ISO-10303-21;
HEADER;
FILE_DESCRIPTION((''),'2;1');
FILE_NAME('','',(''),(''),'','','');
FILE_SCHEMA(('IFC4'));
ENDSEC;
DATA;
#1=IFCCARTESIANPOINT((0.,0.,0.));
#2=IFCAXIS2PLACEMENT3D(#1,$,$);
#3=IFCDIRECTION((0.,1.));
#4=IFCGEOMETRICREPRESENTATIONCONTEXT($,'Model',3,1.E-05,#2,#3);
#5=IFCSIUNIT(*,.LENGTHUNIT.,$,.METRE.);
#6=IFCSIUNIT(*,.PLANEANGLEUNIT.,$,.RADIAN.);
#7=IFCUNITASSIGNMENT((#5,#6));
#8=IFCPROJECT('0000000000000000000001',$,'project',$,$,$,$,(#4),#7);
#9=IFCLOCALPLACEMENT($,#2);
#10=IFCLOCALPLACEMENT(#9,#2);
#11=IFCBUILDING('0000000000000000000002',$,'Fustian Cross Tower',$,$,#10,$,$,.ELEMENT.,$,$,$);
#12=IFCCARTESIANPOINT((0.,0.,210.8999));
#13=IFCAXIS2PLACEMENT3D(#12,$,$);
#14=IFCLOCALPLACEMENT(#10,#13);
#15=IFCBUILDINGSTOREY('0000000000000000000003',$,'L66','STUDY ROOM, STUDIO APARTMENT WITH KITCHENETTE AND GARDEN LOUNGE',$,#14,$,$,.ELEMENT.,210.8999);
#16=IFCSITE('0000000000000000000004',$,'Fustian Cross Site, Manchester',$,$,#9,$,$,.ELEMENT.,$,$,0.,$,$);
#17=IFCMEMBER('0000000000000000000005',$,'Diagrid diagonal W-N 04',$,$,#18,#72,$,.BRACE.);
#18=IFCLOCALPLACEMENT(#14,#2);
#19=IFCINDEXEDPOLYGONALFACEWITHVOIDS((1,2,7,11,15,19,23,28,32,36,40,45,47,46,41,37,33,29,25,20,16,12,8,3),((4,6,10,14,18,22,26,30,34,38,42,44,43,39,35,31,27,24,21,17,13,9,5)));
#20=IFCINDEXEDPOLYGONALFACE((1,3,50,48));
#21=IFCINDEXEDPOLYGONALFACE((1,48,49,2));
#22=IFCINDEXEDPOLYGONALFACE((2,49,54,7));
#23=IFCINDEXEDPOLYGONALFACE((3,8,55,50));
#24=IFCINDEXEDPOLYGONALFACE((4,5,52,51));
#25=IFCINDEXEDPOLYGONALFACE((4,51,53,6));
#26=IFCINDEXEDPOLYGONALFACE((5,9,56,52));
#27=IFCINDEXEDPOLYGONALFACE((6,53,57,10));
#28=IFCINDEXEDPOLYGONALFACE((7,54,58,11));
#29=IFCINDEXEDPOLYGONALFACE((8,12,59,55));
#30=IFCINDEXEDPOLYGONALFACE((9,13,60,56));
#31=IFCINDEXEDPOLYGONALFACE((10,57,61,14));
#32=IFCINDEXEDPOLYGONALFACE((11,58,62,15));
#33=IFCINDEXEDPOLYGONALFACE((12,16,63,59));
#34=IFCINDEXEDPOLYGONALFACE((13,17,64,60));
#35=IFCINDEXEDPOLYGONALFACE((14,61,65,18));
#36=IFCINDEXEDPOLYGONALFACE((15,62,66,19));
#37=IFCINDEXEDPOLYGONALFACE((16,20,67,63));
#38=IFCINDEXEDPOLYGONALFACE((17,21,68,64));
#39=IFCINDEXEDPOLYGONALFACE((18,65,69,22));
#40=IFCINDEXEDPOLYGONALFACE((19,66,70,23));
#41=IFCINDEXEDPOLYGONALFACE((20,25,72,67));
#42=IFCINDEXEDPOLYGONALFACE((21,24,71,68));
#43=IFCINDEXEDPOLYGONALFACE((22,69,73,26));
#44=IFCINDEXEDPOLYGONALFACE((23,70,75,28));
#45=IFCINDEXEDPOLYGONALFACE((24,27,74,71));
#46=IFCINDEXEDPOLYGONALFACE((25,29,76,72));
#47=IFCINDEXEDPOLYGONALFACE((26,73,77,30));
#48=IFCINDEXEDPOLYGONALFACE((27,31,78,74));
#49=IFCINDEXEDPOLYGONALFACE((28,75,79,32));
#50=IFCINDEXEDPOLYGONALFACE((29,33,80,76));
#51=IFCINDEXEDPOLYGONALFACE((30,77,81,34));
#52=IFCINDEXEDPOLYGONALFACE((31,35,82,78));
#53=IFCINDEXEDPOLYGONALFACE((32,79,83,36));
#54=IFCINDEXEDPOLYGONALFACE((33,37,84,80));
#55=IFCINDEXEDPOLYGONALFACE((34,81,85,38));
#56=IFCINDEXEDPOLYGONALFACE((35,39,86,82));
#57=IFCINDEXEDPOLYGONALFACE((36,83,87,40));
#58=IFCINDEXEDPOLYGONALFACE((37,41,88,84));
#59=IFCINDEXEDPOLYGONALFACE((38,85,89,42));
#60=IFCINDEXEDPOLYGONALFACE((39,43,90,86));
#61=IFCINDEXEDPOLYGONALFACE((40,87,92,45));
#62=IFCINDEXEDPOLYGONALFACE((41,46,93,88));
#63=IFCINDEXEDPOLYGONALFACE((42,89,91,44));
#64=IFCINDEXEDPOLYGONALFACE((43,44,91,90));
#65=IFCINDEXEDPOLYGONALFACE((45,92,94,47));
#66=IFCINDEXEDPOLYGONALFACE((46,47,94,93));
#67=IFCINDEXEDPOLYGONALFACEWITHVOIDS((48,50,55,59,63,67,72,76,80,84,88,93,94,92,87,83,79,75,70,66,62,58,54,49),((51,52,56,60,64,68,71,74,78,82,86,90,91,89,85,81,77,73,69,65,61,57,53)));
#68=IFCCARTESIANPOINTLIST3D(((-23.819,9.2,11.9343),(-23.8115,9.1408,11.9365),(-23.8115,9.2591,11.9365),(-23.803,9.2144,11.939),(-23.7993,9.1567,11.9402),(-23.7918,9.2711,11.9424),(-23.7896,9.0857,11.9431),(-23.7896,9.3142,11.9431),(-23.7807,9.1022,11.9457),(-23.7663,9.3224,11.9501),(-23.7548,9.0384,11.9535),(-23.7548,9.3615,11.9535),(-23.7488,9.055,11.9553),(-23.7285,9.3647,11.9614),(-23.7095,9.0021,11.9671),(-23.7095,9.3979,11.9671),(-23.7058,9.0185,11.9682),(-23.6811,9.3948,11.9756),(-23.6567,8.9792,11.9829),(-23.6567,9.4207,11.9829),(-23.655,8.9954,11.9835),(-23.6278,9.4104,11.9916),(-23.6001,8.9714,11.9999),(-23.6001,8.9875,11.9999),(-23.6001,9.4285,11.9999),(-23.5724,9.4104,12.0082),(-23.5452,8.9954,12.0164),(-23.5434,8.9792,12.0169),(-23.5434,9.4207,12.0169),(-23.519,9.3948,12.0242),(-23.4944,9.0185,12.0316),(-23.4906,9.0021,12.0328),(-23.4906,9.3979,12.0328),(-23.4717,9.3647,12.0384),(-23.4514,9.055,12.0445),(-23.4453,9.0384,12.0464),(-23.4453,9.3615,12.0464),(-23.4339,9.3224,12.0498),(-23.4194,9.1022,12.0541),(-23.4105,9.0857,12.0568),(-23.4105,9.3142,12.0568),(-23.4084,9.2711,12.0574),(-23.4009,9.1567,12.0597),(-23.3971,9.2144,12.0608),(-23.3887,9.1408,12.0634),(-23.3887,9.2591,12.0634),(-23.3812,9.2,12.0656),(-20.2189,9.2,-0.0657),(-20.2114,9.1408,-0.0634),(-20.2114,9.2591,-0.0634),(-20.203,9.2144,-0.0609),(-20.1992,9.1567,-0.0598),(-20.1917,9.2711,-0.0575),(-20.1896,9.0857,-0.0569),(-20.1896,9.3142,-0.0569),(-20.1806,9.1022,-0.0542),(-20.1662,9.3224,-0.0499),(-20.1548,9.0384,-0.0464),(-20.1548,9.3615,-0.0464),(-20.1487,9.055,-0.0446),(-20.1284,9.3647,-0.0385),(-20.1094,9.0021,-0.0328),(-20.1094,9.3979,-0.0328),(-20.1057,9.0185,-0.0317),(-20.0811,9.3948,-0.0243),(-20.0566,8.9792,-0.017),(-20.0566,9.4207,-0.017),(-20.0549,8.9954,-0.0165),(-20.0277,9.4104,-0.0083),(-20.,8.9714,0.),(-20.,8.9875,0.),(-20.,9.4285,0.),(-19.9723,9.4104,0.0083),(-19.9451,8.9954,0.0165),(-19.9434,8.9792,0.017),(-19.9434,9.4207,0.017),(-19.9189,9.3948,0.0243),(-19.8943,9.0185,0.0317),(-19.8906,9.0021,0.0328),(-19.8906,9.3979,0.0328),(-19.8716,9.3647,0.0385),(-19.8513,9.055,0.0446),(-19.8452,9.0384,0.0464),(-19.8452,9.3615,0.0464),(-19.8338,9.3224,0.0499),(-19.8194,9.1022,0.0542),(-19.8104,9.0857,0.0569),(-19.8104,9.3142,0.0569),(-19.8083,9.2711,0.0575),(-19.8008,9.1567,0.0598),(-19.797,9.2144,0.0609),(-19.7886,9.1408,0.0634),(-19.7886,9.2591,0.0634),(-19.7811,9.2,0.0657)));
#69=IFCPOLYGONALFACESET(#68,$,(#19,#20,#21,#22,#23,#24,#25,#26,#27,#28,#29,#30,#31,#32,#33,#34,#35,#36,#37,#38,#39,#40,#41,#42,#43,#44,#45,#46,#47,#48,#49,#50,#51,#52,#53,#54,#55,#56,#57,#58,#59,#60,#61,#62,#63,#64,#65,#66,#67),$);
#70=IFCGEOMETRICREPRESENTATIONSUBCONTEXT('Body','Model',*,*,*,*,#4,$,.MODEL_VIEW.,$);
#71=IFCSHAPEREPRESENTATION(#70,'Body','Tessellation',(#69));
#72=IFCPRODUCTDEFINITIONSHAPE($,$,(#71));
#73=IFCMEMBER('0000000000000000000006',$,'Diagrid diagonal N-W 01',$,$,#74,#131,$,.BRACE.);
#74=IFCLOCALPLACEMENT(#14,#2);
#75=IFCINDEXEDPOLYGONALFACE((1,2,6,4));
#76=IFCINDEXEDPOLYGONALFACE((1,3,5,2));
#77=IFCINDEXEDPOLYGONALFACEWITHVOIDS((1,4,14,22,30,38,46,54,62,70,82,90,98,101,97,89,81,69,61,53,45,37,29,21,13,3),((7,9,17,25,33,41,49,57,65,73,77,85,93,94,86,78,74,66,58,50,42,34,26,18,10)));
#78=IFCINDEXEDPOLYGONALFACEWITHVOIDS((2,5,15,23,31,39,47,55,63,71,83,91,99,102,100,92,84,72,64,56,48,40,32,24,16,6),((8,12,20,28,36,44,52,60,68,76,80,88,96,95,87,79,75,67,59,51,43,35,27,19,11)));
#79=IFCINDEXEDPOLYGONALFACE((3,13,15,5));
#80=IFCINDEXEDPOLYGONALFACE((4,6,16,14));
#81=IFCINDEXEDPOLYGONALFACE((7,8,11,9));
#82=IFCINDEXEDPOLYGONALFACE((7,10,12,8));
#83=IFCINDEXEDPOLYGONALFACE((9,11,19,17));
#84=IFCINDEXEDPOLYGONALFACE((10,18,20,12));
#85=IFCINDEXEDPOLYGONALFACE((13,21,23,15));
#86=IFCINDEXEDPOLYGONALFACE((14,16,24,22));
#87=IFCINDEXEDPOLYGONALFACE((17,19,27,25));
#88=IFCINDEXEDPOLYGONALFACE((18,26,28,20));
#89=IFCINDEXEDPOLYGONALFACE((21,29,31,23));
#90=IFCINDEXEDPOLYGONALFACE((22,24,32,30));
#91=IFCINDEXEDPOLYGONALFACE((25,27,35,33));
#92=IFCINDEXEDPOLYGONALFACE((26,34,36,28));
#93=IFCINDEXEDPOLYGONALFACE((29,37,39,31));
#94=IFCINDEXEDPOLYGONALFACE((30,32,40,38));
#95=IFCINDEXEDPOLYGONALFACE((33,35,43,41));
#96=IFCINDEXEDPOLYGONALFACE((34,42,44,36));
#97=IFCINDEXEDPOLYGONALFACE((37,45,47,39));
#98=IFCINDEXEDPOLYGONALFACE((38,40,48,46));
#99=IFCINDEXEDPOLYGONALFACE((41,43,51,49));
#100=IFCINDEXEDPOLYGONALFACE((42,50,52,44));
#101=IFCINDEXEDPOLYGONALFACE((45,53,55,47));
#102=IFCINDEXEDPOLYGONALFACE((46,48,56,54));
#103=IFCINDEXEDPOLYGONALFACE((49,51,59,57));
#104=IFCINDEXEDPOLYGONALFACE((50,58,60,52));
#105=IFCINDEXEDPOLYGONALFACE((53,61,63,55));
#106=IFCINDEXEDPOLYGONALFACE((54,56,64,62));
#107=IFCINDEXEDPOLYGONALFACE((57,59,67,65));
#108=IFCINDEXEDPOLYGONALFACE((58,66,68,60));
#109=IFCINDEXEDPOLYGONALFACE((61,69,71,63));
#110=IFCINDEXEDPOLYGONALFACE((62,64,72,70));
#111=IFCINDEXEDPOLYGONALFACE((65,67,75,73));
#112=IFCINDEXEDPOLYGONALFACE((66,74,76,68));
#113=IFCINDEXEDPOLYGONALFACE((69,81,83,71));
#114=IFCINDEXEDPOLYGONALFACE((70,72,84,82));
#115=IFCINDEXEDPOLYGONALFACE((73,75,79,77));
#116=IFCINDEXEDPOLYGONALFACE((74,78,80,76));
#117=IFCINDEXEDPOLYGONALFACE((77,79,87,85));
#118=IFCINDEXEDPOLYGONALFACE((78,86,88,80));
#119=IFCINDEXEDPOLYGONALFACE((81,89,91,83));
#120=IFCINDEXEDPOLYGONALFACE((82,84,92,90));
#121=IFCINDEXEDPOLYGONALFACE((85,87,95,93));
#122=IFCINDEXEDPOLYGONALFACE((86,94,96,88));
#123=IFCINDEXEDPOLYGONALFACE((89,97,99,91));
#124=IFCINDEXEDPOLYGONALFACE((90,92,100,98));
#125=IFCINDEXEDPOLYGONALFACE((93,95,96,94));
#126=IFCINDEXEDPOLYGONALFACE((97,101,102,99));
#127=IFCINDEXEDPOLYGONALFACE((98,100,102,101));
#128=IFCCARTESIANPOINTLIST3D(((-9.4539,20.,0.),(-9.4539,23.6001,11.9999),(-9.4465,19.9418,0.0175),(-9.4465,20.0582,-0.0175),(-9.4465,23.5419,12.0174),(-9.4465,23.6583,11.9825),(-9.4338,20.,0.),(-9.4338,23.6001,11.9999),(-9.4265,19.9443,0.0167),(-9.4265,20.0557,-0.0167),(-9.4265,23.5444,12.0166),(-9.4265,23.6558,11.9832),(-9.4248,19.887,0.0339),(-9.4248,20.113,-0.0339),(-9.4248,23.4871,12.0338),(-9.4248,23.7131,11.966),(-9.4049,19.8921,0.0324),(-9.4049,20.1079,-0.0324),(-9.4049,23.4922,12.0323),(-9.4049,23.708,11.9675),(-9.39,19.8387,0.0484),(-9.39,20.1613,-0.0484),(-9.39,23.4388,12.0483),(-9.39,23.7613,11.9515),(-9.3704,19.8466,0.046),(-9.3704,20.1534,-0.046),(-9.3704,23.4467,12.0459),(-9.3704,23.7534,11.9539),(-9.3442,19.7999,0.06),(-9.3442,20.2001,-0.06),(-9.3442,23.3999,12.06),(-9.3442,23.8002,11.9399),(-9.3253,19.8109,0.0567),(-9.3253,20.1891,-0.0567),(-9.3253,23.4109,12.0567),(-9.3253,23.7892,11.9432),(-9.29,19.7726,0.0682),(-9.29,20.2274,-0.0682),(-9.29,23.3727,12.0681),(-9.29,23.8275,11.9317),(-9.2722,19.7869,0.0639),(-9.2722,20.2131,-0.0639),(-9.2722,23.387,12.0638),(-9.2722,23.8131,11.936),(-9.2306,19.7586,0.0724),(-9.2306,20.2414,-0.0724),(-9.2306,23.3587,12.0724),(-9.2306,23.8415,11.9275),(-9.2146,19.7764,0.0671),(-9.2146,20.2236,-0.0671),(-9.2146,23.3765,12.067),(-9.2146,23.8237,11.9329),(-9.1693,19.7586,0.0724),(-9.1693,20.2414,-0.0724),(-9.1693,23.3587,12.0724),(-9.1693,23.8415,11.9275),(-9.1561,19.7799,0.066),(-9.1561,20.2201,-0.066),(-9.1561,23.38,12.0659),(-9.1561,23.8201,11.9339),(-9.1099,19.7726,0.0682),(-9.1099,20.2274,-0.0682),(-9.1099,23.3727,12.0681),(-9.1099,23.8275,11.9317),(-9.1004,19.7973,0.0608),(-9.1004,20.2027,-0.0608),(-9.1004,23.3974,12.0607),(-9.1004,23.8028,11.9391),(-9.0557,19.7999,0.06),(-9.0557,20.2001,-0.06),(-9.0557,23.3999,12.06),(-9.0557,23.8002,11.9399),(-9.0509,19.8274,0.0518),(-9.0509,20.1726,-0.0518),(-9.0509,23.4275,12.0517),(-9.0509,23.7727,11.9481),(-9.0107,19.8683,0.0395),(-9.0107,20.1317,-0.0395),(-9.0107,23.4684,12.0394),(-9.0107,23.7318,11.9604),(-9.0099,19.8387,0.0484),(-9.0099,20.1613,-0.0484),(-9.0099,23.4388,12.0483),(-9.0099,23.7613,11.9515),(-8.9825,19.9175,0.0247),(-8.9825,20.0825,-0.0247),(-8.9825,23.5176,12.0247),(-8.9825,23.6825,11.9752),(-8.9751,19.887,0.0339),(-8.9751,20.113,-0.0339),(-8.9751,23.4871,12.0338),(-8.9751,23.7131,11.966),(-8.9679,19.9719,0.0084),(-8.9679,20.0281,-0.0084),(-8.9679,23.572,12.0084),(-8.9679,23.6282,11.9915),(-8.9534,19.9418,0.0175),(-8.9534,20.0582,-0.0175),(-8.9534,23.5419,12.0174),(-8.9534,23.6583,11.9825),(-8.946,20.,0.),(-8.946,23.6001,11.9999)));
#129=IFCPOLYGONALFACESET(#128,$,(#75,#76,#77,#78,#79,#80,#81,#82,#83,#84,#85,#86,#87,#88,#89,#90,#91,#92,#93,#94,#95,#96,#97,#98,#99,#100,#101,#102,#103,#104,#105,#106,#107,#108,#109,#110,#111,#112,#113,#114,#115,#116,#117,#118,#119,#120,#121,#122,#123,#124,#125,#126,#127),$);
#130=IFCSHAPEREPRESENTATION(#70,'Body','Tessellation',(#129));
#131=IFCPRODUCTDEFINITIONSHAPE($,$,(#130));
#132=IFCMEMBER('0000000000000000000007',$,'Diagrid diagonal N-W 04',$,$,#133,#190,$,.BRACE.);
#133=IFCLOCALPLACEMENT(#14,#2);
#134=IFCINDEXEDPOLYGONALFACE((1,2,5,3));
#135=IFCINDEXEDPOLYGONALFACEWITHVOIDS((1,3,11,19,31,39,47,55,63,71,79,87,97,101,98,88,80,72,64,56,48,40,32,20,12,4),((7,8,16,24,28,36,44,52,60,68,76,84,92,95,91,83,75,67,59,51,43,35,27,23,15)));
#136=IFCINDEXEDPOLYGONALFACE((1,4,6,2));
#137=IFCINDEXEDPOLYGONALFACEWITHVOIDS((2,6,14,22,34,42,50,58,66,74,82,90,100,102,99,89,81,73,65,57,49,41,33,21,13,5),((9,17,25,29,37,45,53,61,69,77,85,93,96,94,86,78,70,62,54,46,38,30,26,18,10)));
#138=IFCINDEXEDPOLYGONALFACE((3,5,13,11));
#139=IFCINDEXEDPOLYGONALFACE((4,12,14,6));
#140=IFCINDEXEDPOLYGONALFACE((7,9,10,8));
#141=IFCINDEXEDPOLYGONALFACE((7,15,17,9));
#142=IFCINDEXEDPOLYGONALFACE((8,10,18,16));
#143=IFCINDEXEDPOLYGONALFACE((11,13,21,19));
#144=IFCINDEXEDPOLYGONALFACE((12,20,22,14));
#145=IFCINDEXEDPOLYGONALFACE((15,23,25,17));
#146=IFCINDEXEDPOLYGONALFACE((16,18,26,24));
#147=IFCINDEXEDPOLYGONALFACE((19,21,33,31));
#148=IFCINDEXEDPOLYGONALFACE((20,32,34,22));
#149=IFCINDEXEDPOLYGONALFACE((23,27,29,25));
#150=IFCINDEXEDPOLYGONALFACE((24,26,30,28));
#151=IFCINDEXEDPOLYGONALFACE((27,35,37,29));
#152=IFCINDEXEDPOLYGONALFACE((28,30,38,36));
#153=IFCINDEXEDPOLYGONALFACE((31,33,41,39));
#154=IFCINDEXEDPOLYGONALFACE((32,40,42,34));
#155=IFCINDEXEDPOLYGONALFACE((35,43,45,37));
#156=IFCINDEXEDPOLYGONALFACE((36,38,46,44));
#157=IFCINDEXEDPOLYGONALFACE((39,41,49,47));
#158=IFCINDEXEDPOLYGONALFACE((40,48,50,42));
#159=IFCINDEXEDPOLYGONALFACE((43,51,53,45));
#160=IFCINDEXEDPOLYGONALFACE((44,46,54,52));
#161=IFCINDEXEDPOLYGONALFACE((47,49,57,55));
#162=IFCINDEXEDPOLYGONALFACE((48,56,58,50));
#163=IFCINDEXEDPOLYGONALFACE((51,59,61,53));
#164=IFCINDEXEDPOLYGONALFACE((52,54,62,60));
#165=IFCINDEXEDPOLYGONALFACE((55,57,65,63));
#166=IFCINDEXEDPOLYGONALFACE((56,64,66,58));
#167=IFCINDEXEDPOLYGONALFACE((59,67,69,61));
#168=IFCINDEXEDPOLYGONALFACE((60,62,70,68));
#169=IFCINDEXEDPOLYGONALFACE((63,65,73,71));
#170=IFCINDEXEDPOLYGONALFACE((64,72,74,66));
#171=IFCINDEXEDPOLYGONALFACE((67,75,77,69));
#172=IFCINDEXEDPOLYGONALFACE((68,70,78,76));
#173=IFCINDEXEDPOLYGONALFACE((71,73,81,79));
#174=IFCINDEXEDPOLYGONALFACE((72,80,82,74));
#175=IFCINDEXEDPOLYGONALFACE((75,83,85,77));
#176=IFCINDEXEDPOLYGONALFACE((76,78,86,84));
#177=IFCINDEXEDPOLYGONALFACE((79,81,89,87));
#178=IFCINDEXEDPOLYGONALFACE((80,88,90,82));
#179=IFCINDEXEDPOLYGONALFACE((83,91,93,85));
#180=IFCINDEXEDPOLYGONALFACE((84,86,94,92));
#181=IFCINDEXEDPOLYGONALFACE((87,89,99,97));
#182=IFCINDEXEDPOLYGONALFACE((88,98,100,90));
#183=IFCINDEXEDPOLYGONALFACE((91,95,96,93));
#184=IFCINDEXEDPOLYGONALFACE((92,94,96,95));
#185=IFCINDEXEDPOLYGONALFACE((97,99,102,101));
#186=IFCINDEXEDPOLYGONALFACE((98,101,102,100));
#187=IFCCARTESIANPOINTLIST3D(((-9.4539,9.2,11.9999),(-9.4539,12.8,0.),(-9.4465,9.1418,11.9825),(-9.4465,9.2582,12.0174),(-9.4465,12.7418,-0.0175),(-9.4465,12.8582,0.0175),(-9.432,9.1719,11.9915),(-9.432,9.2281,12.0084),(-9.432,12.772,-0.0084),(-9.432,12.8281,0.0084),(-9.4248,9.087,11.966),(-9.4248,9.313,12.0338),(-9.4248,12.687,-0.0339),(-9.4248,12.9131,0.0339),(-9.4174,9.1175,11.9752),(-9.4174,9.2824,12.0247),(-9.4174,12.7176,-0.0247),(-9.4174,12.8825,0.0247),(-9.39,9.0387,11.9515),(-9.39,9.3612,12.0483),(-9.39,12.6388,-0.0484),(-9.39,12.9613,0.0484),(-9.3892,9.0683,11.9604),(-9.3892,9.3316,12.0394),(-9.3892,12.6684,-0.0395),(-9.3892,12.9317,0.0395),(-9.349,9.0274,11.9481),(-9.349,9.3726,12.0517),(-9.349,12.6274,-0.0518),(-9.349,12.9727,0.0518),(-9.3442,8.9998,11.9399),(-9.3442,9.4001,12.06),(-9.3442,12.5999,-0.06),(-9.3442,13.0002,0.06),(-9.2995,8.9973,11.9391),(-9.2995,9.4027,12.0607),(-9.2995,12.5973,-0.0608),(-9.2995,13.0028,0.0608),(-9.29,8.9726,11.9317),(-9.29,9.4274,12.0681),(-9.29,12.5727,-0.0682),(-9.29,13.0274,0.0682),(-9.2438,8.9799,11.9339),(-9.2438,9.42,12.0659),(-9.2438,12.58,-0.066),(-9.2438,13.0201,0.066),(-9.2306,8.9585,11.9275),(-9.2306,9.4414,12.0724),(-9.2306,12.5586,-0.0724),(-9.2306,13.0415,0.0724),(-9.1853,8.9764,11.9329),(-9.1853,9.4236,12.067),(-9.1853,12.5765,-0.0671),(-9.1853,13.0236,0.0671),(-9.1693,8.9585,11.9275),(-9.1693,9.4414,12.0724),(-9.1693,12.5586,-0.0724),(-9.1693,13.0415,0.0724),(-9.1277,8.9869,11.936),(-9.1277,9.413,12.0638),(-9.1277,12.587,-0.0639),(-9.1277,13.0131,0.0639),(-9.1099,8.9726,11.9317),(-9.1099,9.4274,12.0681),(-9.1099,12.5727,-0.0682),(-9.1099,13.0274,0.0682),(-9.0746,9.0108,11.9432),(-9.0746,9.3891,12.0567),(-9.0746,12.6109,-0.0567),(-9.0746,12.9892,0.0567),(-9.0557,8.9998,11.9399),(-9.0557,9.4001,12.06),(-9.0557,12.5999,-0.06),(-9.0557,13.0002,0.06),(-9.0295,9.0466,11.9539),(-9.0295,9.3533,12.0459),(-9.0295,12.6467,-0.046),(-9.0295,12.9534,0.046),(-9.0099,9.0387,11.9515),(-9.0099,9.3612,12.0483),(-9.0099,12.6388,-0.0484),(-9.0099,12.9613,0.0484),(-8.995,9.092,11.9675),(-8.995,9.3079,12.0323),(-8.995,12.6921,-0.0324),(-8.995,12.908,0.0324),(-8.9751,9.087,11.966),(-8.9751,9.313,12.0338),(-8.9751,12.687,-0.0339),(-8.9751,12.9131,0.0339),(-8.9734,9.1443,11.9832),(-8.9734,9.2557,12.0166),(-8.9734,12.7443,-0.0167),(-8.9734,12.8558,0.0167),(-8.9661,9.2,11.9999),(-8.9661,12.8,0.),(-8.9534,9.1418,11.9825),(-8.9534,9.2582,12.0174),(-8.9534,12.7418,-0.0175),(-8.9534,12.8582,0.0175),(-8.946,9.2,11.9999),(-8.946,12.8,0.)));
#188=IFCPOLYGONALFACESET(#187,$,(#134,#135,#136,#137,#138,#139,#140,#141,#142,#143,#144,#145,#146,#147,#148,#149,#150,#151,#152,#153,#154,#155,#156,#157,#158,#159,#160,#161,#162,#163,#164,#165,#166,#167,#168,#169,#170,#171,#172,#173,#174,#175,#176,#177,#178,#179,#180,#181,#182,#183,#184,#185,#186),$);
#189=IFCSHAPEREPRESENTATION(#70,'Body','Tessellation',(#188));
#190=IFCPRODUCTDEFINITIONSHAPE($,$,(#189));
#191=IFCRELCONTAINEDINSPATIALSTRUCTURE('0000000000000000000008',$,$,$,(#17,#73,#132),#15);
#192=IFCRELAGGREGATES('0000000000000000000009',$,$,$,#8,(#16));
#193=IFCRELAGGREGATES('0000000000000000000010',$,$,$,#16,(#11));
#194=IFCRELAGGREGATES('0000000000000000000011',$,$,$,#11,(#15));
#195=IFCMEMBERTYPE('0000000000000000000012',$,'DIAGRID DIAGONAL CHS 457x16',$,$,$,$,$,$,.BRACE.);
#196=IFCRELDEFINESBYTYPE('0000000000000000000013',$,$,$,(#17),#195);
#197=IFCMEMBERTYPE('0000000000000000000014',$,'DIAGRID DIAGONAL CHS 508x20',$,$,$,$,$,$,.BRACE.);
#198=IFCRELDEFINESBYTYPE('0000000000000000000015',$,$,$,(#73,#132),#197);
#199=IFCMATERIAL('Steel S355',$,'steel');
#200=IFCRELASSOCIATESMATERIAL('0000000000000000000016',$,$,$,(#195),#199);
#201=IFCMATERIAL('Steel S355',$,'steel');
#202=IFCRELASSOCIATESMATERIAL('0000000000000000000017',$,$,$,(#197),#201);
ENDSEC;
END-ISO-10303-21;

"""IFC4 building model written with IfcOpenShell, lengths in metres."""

from ifc_helpers import new_model, si_unit, direction, frame, origin, origin_2d, place, context, subcontext, project, spatial, hollow_circle, extrude, material, material_profile, profile_set, type_object, element, save


model = new_model("IFC4")

# Units and contexts
model_context = context("Model", 3, precision=1e-05, world=origin(), true_north=direction((0.0, 1.0)))
body_context = subcontext(model_context, "Body", "Model", "MODEL_VIEW")
ifc_project = project(units=[si_unit("LENGTHUNIT", "METRE"), si_unit("PLANEANGLEUNIT", "RADIAN")], contexts=[model_context])

# Site, building, storey
site_placement = place(None, origin())
site = spatial("IfcSite", under=ifc_project, at=site_placement, Name="Fustian Cross Site, Manchester", CompositionType="ELEMENT", RefElevation=0.0)
building_placement = place(site_placement, origin())
building = spatial("IfcBuilding", under=site, at=building_placement, Name="Fustian Cross Tower", CompositionType="ELEMENT")
storey_placement = place(building_placement, frame((0.0, 0.0, 210.8999)))
storey = spatial("IfcBuildingStorey", under=building, at=storey_placement, Name="L66", Description="STUDY ROOM, STUDIO APARTMENT WITH KITCHENETTE AND GARDEN LOUNGE", CompositionType="ELEMENT", Elevation=210.8999)

# Members
ifc_material_1 = material(Name="Steel S355", Category="steel")
ifc_material_profile_1 = material_profile(ifc_material_1, hollow_circle(Radius=0.2285, WallThickness=0.0161, at=origin_2d()), Name="CHS 457x16")
ifc_profile_set_1 = profile_set([ifc_material_profile_1], Name="Steel S355")
member_type_1 = type_object("IfcMemberType", Name="DIAGRID DIAGONAL CHS 457x16", PredefinedType="BRACE", material=ifc_profile_set_1)
for number, where, z_axis, x_axis, name in (
    (1, (-20.0, 9.2, 0.0), (-0.287355, 0.0, 0.957824), (0.0, -1.0, 0.0), "Diagrid diagonal W-N 04"),
):
    element("IfcMember", number, at=place(storey_placement, frame(where, z_axis=z_axis, x_axis=x_axis)), inside=storey, type_object=member_type_1, Name=name, PredefinedType="BRACE", context=body_context, shape_type="SweptSolid", body=[
        extrude(hollow_circle(Radius=0.2285, WallThickness=0.0161, at=origin_2d()), origin(), (0.0, 0.0, 1.0), 12.5283),
    ])
ifc_material_2 = material(Name="Steel S355", Category="steel")
ifc_material_profile_2 = material_profile(ifc_material_2, hollow_circle(Radius=0.2539, WallThickness=0.02, at=origin_2d()), Name="CHS 508x20")
ifc_profile_set_2 = profile_set([ifc_material_profile_2], Name="Steel S355")
member_type_2 = type_object("IfcMemberType", Name="DIAGRID DIAGONAL CHS 508x20", PredefinedType="BRACE", material=ifc_profile_set_2)
for number, where, z_axis, x_axis, name in (
    (2, (-9.2, 20.0, 0.0), (0.0, 0.287355, 0.957824), (-1.0, 0.0, 0.0), "Diagrid diagonal N-W 01"),
    (3, (-9.2, 12.8, 0.0), (0.0, -0.287355, 0.957824), (1.0, 0.0, 0.0), "Diagrid diagonal N-W 04"),
):
    element("IfcMember", number, at=place(storey_placement, frame(where, z_axis=z_axis, x_axis=x_axis)), inside=storey, type_object=member_type_2, Name=name, PredefinedType="BRACE", context=body_context, shape_type="SweptSolid", body=[
        extrude(hollow_circle(Radius=0.2539, WallThickness=0.02, at=origin_2d()), origin(), (0.0, 0.0, 1.0), 12.5283),
    ])

save(model, "model.ifc")
